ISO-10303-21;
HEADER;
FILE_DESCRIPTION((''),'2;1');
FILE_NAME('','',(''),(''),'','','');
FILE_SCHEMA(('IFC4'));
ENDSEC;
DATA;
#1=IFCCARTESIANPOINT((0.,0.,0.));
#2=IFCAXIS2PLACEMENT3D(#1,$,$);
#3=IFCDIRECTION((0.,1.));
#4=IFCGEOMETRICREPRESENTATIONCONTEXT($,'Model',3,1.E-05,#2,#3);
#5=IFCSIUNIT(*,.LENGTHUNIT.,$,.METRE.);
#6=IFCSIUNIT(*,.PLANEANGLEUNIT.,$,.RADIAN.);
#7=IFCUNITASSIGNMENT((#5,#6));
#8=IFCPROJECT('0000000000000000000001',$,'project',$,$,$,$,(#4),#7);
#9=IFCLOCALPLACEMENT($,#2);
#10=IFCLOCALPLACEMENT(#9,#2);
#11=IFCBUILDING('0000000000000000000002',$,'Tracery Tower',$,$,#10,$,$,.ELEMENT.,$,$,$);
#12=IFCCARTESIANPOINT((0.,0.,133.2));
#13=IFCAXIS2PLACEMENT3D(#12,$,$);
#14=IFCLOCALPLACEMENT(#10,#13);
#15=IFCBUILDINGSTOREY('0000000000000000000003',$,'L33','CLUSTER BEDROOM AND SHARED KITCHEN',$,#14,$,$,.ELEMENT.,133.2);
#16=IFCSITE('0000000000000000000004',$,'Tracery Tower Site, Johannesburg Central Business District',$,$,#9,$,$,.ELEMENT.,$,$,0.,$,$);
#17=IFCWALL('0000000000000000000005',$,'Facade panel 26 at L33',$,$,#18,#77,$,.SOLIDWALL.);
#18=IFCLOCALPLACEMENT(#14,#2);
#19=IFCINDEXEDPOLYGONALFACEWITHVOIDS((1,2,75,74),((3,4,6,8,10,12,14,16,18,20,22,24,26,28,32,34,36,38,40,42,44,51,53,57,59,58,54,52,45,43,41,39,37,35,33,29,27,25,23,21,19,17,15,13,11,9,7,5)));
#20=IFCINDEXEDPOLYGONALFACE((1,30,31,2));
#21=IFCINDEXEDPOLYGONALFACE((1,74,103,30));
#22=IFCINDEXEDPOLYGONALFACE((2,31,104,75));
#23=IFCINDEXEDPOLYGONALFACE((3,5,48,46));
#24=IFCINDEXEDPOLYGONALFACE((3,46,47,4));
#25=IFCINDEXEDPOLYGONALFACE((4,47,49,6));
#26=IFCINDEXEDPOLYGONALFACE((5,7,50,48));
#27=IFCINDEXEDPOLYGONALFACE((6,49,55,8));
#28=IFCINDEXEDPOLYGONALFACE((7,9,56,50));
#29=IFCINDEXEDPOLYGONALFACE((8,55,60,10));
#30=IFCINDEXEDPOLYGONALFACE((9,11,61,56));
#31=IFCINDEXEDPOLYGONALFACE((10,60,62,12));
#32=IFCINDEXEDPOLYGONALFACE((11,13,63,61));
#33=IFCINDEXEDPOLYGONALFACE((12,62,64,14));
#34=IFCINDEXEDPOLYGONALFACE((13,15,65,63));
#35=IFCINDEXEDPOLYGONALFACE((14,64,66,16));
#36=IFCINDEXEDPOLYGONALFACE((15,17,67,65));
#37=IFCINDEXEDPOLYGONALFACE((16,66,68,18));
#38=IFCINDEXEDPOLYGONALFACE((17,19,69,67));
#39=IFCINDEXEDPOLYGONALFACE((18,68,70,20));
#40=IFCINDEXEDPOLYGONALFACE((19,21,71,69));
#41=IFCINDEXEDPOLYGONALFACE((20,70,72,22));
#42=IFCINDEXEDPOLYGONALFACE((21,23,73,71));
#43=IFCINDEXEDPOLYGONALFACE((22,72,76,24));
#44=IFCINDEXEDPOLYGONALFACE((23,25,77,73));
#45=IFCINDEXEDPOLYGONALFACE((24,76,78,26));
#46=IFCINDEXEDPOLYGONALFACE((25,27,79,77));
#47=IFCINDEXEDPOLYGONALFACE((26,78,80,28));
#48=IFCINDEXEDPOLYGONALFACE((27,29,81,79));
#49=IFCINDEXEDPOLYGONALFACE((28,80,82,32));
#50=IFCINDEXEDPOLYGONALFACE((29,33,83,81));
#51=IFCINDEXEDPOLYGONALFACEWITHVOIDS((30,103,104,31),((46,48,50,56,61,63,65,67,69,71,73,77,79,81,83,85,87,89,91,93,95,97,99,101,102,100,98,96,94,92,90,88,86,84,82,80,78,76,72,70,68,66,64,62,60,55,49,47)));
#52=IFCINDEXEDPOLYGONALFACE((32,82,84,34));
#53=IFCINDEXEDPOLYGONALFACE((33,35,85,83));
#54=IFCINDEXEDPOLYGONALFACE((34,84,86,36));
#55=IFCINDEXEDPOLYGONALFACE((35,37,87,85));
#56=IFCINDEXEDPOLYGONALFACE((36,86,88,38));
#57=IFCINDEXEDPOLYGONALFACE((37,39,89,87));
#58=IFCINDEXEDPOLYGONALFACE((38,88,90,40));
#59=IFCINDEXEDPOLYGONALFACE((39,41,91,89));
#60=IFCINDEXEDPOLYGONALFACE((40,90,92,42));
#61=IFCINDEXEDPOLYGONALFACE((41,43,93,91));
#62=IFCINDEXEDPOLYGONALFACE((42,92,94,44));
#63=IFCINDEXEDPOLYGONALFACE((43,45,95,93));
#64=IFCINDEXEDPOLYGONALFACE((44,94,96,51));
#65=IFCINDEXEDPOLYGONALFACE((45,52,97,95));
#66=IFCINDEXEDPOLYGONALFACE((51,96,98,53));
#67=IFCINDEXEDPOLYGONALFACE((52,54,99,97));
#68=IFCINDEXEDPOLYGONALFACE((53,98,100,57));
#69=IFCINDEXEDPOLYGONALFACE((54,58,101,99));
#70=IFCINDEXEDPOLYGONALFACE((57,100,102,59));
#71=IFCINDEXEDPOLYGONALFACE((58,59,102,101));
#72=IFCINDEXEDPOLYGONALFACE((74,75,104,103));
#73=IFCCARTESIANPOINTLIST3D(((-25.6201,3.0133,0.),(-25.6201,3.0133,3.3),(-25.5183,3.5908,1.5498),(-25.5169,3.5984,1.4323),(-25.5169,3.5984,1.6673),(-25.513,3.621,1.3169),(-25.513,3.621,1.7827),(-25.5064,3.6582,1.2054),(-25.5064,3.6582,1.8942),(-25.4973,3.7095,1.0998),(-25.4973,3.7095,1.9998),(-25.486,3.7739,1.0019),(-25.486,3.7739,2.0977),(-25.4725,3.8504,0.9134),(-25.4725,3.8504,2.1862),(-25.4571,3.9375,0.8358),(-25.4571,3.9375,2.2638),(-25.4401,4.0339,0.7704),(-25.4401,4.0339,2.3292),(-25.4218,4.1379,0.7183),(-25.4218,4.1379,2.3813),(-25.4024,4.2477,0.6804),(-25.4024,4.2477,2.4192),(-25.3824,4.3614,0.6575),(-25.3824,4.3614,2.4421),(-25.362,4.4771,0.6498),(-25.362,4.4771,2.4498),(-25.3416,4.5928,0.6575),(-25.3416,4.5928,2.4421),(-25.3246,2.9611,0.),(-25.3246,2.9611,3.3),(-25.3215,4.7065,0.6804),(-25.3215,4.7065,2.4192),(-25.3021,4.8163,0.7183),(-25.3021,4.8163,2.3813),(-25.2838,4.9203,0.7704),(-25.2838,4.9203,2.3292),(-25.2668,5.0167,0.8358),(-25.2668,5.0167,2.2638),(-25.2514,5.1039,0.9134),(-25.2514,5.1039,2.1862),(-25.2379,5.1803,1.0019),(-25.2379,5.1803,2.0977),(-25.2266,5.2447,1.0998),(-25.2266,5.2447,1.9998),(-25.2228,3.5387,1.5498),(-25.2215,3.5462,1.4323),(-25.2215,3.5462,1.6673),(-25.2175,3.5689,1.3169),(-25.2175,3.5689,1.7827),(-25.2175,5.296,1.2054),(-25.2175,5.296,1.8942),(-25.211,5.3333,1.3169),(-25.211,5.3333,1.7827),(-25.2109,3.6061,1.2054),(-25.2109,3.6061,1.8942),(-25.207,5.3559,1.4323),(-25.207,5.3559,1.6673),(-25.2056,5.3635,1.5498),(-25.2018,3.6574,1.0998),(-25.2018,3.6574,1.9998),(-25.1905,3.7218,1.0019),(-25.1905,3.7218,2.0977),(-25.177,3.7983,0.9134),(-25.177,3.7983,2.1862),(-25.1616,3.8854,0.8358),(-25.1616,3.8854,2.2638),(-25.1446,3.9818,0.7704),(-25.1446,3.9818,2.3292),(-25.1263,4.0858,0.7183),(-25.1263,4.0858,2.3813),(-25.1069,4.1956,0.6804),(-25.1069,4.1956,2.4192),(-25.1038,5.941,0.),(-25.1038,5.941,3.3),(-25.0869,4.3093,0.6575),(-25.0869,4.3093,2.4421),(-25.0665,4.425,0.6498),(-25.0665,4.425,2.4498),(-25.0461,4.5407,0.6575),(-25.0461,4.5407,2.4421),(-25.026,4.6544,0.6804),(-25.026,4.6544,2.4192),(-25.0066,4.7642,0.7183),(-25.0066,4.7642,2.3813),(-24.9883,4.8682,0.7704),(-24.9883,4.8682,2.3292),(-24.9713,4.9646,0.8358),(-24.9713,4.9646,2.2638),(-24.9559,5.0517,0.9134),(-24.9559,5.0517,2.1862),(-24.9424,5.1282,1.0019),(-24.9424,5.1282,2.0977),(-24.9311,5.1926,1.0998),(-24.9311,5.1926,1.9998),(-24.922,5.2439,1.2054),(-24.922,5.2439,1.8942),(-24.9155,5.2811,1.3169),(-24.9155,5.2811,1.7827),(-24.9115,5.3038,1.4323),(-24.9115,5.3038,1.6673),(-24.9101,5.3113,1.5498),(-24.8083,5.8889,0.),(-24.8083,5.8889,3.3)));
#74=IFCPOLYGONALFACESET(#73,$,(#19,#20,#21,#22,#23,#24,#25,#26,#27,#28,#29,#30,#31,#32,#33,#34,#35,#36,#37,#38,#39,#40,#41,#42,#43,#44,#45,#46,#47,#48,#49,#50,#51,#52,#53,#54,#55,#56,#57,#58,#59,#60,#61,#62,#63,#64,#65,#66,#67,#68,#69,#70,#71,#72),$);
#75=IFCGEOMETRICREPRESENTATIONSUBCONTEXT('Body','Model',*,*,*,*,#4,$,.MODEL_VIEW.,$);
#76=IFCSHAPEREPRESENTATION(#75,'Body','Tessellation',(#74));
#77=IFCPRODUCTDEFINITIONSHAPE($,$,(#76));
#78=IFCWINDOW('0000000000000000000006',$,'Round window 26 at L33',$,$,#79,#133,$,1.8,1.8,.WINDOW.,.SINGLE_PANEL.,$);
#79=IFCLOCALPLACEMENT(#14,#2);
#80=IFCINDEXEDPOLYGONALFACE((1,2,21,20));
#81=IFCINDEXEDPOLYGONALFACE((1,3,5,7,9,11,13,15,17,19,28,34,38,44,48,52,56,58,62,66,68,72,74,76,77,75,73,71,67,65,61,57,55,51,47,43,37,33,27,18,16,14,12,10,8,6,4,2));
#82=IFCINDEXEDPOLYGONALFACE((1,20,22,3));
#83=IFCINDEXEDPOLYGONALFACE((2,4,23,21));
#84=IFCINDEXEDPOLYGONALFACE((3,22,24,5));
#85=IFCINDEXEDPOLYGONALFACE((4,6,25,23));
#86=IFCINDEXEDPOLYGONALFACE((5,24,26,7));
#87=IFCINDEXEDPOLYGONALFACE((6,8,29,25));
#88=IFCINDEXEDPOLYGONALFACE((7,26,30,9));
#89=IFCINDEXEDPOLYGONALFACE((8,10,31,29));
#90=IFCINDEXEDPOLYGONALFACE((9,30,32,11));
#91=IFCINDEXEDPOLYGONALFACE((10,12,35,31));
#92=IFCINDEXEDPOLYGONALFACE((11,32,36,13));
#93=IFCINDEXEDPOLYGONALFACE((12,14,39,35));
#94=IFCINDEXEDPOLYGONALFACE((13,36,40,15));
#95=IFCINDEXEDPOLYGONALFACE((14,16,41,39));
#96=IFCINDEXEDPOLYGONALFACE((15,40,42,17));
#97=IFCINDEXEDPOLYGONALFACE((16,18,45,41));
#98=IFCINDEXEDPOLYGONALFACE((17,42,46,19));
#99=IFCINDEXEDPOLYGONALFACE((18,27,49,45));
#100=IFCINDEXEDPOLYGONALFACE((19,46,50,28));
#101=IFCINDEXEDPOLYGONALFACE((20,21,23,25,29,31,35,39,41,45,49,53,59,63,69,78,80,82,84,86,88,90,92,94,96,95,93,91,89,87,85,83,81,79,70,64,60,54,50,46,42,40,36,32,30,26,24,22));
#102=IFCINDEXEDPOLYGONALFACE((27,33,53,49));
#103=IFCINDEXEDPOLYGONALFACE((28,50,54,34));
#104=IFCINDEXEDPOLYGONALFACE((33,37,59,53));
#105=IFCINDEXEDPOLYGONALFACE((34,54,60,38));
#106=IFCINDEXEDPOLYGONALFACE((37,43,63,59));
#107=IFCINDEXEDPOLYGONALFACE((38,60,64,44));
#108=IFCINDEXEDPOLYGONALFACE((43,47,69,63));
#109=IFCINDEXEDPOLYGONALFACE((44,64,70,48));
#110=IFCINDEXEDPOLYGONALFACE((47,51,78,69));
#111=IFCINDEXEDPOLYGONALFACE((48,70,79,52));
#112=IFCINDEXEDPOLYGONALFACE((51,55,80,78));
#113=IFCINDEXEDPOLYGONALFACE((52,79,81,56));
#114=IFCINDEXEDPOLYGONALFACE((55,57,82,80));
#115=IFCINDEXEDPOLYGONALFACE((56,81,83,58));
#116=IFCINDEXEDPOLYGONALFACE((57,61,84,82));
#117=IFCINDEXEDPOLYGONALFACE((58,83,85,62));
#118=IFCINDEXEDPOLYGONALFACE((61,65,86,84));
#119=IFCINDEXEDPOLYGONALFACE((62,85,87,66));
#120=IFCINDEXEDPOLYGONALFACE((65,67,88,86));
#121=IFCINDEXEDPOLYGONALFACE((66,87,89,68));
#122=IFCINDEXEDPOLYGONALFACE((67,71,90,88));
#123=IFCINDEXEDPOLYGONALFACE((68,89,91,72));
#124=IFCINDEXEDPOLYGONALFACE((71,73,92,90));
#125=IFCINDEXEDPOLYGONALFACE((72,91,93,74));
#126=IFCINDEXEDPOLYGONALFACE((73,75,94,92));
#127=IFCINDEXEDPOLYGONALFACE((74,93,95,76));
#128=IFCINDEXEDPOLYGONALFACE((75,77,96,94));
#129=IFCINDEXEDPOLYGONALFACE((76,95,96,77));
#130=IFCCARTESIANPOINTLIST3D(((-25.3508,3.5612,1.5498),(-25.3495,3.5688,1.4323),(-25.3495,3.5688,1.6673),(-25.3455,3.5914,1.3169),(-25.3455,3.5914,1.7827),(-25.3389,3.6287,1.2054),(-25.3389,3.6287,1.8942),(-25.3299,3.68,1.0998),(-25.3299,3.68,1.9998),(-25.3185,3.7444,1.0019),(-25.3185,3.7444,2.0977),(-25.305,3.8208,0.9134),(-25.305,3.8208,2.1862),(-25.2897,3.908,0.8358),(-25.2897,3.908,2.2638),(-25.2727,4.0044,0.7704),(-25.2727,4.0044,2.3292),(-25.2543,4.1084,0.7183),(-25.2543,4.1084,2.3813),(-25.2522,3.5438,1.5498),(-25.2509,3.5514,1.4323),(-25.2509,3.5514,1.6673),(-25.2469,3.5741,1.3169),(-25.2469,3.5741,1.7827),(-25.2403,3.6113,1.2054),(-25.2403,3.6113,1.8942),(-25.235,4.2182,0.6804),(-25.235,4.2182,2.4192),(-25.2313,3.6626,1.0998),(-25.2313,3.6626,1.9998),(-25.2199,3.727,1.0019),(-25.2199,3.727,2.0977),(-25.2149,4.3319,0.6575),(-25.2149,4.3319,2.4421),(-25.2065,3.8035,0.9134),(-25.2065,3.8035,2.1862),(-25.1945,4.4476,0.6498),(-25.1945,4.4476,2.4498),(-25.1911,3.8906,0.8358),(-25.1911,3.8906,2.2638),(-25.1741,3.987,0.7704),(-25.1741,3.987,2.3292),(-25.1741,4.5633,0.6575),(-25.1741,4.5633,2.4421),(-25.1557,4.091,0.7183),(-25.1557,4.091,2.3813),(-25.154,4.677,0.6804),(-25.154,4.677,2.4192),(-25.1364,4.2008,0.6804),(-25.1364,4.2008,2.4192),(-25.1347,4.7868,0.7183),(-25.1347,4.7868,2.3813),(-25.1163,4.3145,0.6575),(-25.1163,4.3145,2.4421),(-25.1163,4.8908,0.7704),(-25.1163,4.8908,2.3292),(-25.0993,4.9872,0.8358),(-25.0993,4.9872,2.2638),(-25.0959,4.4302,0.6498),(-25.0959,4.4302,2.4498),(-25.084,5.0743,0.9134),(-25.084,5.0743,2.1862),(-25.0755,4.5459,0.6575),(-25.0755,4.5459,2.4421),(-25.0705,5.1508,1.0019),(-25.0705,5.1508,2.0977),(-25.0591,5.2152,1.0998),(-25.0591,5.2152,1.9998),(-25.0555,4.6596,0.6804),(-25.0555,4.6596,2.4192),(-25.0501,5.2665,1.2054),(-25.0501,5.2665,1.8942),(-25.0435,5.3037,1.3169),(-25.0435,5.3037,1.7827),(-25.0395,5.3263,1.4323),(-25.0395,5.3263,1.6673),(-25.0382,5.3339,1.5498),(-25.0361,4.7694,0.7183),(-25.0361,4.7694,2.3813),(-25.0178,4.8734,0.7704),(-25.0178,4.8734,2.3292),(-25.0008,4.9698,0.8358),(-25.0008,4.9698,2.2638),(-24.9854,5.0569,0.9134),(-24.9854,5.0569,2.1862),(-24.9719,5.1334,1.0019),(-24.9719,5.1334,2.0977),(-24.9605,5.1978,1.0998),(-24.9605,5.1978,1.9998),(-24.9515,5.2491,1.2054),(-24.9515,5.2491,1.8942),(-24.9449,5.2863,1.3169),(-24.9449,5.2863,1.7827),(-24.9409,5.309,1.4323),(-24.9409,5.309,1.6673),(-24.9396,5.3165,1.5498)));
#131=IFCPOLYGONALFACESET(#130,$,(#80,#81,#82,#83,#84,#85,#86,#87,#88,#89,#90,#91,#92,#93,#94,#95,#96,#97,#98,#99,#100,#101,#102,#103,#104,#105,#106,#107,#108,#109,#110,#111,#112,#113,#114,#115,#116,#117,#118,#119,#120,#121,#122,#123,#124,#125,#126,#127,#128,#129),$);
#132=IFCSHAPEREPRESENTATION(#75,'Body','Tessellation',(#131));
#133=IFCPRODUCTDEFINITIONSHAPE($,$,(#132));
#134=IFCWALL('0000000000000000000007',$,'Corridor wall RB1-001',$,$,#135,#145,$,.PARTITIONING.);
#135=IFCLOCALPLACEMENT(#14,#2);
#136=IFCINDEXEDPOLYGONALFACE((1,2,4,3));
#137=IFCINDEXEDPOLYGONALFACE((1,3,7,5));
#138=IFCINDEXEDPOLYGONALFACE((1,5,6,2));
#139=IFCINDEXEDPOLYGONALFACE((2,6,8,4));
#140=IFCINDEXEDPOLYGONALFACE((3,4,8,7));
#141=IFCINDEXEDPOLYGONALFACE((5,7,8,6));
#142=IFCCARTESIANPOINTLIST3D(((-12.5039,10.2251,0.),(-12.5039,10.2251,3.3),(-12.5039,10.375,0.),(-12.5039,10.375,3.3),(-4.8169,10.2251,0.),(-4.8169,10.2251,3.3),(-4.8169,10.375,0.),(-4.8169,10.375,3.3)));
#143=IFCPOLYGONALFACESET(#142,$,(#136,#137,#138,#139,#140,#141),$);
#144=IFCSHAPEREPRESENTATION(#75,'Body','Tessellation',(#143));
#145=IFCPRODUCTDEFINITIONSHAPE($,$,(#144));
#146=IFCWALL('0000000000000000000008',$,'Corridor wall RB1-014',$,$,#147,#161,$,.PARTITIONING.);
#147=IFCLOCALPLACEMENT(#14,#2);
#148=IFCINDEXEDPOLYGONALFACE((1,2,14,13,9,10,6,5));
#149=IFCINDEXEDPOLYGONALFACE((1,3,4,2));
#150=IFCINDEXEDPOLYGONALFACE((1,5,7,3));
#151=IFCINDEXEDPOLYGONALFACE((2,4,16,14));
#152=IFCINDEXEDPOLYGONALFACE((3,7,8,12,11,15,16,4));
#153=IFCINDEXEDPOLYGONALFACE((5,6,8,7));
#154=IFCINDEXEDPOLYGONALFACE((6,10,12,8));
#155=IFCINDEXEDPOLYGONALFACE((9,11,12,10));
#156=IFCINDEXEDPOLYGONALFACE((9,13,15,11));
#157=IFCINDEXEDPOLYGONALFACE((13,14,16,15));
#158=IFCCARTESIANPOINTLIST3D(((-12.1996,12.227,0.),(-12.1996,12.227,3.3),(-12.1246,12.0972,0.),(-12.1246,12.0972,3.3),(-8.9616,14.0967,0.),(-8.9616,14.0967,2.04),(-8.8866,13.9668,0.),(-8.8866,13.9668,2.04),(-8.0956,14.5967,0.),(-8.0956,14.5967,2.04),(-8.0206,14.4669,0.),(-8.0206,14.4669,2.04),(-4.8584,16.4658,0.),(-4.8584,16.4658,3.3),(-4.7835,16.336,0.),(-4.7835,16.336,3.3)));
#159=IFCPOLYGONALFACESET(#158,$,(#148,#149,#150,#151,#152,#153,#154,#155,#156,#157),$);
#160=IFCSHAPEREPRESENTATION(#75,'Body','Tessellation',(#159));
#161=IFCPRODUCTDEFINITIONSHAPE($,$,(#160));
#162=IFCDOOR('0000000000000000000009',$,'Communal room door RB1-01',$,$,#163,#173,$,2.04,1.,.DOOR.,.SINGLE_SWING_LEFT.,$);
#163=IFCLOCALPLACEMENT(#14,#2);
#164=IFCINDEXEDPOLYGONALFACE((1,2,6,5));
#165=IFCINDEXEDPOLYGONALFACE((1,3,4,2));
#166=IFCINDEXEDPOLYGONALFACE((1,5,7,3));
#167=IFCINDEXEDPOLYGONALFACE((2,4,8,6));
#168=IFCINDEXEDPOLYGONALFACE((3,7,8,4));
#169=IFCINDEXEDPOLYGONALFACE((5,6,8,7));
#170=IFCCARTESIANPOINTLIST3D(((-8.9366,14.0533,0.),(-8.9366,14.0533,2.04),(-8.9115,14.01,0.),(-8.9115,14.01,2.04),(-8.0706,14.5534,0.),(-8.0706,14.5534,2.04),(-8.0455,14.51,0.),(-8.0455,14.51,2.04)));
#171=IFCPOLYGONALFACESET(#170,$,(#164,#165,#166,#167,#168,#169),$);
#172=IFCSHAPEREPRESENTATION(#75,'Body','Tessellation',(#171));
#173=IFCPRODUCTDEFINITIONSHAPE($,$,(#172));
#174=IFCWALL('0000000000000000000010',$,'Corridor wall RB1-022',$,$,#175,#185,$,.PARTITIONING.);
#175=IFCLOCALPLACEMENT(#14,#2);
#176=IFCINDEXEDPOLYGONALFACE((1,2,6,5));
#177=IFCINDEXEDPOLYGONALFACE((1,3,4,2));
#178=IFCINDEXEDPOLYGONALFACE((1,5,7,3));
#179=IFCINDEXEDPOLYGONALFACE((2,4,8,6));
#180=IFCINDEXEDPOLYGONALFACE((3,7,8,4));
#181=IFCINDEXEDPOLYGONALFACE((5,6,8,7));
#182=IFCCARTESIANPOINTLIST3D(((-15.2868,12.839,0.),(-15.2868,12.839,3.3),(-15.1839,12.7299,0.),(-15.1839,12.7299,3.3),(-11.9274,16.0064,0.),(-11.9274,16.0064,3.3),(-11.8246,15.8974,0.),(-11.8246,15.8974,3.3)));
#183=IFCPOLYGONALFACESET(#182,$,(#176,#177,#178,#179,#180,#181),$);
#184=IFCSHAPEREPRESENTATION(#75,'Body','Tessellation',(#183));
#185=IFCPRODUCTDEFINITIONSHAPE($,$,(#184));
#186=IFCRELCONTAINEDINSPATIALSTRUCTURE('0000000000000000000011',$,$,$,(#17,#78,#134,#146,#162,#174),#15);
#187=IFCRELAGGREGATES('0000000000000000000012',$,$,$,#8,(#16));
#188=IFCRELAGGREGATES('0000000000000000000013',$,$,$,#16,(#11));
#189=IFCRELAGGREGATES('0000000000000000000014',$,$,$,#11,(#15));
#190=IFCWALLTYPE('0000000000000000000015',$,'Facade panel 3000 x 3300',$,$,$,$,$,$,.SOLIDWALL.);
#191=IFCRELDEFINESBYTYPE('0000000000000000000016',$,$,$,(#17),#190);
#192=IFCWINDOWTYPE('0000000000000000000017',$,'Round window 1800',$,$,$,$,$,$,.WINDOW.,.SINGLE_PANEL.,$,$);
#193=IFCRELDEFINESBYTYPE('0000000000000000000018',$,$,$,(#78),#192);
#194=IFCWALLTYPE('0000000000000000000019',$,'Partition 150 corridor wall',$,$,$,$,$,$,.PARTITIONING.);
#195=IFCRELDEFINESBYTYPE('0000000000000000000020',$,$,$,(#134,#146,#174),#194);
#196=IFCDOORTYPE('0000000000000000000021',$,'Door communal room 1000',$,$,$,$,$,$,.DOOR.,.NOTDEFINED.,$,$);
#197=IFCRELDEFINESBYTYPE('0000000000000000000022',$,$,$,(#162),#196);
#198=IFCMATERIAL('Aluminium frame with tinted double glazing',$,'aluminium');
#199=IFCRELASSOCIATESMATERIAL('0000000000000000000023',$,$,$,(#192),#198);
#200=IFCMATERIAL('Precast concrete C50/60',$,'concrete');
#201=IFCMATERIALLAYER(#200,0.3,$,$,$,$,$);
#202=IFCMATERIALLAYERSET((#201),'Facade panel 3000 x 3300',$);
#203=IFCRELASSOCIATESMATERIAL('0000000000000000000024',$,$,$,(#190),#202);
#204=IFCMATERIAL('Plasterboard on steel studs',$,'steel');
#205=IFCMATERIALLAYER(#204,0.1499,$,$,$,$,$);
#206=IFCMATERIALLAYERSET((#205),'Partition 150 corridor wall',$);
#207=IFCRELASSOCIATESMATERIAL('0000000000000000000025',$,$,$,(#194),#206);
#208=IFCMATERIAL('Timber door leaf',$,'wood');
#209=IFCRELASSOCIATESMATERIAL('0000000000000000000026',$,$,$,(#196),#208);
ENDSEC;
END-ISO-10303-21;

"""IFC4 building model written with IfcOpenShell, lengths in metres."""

from ifc_helpers import new_model, si_unit, direction, frame, frame_2d, origin, origin_2d, place, context, subcontext, project, spatial, rectangle, circle, extrude, material, layer, layer_set, type_object, element, fill, save


model = new_model("IFC4")

# Units and contexts
model_context = context("Model", 3, precision=1e-05, world=origin(), true_north=direction((0.0, 1.0)))
body_context = subcontext(model_context, "Body", "Model", "MODEL_VIEW")
ifc_project = project(units=[si_unit("LENGTHUNIT", "METRE"), si_unit("PLANEANGLEUNIT", "RADIAN")], contexts=[model_context])

# Site, building, storey
site_placement = place(None, origin())
site = spatial("IfcSite", under=ifc_project, at=site_placement, Name="Tracery Tower Site, Johannesburg Central Business District", CompositionType="ELEMENT", RefElevation=0.0)
building_placement = place(site_placement, origin())
building = spatial("IfcBuilding", under=site, at=building_placement, Name="Tracery Tower", CompositionType="ELEMENT")
storey_placement = place(building_placement, frame((0.0, 0.0, 133.2)))
storey = spatial("IfcBuildingStorey", under=building, at=storey_placement, Name="L33", Description="CLUSTER BEDROOM AND SHARED KITCHEN", CompositionType="ELEMENT", Elevation=133.2)

# Wall, opening, window
ifc_material_1 = material(Name="Aluminium frame with tinted double glazing", Category="aluminium")
window_type = type_object("IfcWindowType", Name="Round window 1800", PartitioningType="SINGLE_PANEL", PredefinedType="WINDOW", material=ifc_material_1)
ifc_material_2 = material(Name="Precast concrete C50/60", Category="concrete")
ifc_layer_1 = layer(ifc_material_2, 0.3)
ifc_layer_set_1 = layer_set([ifc_layer_1], Name="Facade panel 3000 x 3300")
wall_type_1 = type_object("IfcWallType", Name="Facade panel 3000 x 3300", PredefinedType="SOLIDWALL", material=ifc_layer_set_1)
wall_1_placement = place(storey_placement, frame((-24.9561, 5.9148, 0.0), z_axis=(0.0, 0.0, 1.0), x_axis=(-0.173687, -0.984801, 0.0)))
wall_1 = element("IfcWall", 1, at=wall_1_placement, inside=storey, type_object=wall_type_1, Name="Facade panel 26 at L33", PredefinedType="SOLIDWALL", context=body_context, shape_type="SweptSolid", body=[
    extrude(rectangle(XDim=2.9729, YDim=0.3, at=frame_2d((1.4863, 0.0))), origin(), (0.0, 0.0, 1.0), 3.3),
])
opening_1_placement = place(wall_1_placement, frame((1.4863, 0.0, 1.5498)))
opening_1 = element("IfcOpeningElement", 2, at=opening_1_placement, cuts=wall_1, PredefinedType="OPENING", context=body_context, shape_type="SweptSolid", body=[
    extrude(circle(Radius=0.9, at=origin_2d()), frame((0.0, 0.1599, 0.0), z_axis=(0.0, -1.0, 0.0), x_axis=(1.0, 0.0, 0.0)), (0.0, 0.0, 1.0), 0.3201),
])
window_1_placement = place(opening_1_placement, origin())
window_1 = element("IfcWindow", 3, at=window_1_placement, inside=storey, type_object=window_type, Name="Round window 26 at L33", OverallHeight=1.8, OverallWidth=1.8, PartitioningType="SINGLE_PANEL", PredefinedType="WINDOW", context=body_context, shape_type="SweptSolid", body=[
    extrude(circle(Radius=0.9, at=origin_2d()), frame((0.0, 0.1201, 0.0), z_axis=(0.0, -1.0, 0.0), x_axis=(1.0, 0.0, 0.0)), (0.0, 0.0, 1.0), 0.1001),
])
fill(opening_1, window_1)

# Wall
ifc_material_3 = material(Name="Plasterboard on steel studs", Category="steel")
ifc_layer_2 = layer(ifc_material_3, 0.1499)
ifc_layer_set_2 = layer_set([ifc_layer_2], Name="Partition 150 corridor wall")
wall_type_2 = type_object("IfcWallType", Name="Partition 150 corridor wall", PredefinedType="PARTITIONING", material=ifc_layer_set_2)
wall_2_placement = place(storey_placement, frame((-12.5039, 10.3, 0.0), z_axis=(0.0, 0.0, 1.0), x_axis=(1.0, 0.0, 0.0)))
element("IfcWall", 4, at=wall_2_placement, inside=storey, type_object=wall_type_2, Name="Corridor wall RB1-001", PredefinedType="PARTITIONING", context=body_context, shape_type="SweptSolid", body=[
    extrude(rectangle(XDim=7.687, YDim=0.1499, at=frame_2d((3.8435, 0.0))), origin(), (0.0, 0.0, 1.0), 3.3),
])

# Wall, opening, door
wall_3_placement = place(storey_placement, frame((-12.1621, 12.1621, 0.0), z_axis=(0.0, 0.0, 1.0), x_axis=(0.866005, 0.500036, 0.0)))
wall_3 = element("IfcWall", 5, at=wall_3_placement, inside=storey, type_object=wall_type_2, Name="Corridor wall RB1-014", PredefinedType="PARTITIONING", context=body_context, shape_type="SweptSolid", body=[
    extrude(rectangle(XDim=8.4771, YDim=0.1499, at=frame_2d((4.2385, 0.0))), origin(), (0.0, 0.0, 1.0), 3.3),
])
opening_2_placement = place(wall_3_placement, frame((3.739, 0.0, 0.0)))
opening_2 = element("IfcOpeningElement", 6, at=opening_2_placement, cuts=wall_3, PredefinedType="OPENING", context=body_context, shape_type="SweptSolid", body=[
    extrude(rectangle(XDim=1.0, YDim=2.04, at=frame_2d((0.5, 1.02))), frame((0.0, 0.075, 0.0), z_axis=(0.0, -1.0, 0.0), x_axis=(1.0, 0.0, 0.0)), (0.0, 0.0, 1.0), 0.1499),
])
ifc_material_4 = material(Name="Timber door leaf", Category="wood")
door_type_1 = type_object("IfcDoorType", Name="Door communal room 1000", OperationType="NOTDEFINED", PredefinedType="DOOR", material=ifc_material_4)
door_1_placement = place(opening_2_placement, origin())
door_1 = element("IfcDoor", 7, at=door_1_placement, inside=storey, type_object=door_type_1, Name="Communal room door RB1-01", OperationType="SINGLE_SWING_LEFT", OverallHeight=2.04, OverallWidth=1.0, PredefinedType="DOOR", context=body_context, shape_type="SweptSolid", body=[
    extrude(rectangle(XDim=1.0, YDim=2.04, at=frame_2d((0.5, 1.02))), frame((0.0, 0.0249, 0.0), z_axis=(0.0, -1.0, 0.0), x_axis=(1.0, 0.0, 0.0)), (0.0, 0.0, 1.0), 0.05),
])
fill(opening_2, door_1)

# Wall
wall_4_placement = place(storey_placement, frame((-15.2354, 12.7844, 0.0), z_axis=(0.0, 0.0, 1.0), x_axis=(0.727582, 0.686021, 0.0)))
element("IfcWall", 8, at=wall_4_placement, inside=storey, type_object=wall_type_2, Name="Corridor wall RB1-022", PredefinedType="PARTITIONING", context=body_context, shape_type="SweptSolid", body=[
    extrude(rectangle(XDim=4.6172, YDim=0.1499, at=frame_2d((2.3086, 0.0))), origin(), (0.0, 0.0, 1.0), 3.3),
])

save(model, "model.ifc")
